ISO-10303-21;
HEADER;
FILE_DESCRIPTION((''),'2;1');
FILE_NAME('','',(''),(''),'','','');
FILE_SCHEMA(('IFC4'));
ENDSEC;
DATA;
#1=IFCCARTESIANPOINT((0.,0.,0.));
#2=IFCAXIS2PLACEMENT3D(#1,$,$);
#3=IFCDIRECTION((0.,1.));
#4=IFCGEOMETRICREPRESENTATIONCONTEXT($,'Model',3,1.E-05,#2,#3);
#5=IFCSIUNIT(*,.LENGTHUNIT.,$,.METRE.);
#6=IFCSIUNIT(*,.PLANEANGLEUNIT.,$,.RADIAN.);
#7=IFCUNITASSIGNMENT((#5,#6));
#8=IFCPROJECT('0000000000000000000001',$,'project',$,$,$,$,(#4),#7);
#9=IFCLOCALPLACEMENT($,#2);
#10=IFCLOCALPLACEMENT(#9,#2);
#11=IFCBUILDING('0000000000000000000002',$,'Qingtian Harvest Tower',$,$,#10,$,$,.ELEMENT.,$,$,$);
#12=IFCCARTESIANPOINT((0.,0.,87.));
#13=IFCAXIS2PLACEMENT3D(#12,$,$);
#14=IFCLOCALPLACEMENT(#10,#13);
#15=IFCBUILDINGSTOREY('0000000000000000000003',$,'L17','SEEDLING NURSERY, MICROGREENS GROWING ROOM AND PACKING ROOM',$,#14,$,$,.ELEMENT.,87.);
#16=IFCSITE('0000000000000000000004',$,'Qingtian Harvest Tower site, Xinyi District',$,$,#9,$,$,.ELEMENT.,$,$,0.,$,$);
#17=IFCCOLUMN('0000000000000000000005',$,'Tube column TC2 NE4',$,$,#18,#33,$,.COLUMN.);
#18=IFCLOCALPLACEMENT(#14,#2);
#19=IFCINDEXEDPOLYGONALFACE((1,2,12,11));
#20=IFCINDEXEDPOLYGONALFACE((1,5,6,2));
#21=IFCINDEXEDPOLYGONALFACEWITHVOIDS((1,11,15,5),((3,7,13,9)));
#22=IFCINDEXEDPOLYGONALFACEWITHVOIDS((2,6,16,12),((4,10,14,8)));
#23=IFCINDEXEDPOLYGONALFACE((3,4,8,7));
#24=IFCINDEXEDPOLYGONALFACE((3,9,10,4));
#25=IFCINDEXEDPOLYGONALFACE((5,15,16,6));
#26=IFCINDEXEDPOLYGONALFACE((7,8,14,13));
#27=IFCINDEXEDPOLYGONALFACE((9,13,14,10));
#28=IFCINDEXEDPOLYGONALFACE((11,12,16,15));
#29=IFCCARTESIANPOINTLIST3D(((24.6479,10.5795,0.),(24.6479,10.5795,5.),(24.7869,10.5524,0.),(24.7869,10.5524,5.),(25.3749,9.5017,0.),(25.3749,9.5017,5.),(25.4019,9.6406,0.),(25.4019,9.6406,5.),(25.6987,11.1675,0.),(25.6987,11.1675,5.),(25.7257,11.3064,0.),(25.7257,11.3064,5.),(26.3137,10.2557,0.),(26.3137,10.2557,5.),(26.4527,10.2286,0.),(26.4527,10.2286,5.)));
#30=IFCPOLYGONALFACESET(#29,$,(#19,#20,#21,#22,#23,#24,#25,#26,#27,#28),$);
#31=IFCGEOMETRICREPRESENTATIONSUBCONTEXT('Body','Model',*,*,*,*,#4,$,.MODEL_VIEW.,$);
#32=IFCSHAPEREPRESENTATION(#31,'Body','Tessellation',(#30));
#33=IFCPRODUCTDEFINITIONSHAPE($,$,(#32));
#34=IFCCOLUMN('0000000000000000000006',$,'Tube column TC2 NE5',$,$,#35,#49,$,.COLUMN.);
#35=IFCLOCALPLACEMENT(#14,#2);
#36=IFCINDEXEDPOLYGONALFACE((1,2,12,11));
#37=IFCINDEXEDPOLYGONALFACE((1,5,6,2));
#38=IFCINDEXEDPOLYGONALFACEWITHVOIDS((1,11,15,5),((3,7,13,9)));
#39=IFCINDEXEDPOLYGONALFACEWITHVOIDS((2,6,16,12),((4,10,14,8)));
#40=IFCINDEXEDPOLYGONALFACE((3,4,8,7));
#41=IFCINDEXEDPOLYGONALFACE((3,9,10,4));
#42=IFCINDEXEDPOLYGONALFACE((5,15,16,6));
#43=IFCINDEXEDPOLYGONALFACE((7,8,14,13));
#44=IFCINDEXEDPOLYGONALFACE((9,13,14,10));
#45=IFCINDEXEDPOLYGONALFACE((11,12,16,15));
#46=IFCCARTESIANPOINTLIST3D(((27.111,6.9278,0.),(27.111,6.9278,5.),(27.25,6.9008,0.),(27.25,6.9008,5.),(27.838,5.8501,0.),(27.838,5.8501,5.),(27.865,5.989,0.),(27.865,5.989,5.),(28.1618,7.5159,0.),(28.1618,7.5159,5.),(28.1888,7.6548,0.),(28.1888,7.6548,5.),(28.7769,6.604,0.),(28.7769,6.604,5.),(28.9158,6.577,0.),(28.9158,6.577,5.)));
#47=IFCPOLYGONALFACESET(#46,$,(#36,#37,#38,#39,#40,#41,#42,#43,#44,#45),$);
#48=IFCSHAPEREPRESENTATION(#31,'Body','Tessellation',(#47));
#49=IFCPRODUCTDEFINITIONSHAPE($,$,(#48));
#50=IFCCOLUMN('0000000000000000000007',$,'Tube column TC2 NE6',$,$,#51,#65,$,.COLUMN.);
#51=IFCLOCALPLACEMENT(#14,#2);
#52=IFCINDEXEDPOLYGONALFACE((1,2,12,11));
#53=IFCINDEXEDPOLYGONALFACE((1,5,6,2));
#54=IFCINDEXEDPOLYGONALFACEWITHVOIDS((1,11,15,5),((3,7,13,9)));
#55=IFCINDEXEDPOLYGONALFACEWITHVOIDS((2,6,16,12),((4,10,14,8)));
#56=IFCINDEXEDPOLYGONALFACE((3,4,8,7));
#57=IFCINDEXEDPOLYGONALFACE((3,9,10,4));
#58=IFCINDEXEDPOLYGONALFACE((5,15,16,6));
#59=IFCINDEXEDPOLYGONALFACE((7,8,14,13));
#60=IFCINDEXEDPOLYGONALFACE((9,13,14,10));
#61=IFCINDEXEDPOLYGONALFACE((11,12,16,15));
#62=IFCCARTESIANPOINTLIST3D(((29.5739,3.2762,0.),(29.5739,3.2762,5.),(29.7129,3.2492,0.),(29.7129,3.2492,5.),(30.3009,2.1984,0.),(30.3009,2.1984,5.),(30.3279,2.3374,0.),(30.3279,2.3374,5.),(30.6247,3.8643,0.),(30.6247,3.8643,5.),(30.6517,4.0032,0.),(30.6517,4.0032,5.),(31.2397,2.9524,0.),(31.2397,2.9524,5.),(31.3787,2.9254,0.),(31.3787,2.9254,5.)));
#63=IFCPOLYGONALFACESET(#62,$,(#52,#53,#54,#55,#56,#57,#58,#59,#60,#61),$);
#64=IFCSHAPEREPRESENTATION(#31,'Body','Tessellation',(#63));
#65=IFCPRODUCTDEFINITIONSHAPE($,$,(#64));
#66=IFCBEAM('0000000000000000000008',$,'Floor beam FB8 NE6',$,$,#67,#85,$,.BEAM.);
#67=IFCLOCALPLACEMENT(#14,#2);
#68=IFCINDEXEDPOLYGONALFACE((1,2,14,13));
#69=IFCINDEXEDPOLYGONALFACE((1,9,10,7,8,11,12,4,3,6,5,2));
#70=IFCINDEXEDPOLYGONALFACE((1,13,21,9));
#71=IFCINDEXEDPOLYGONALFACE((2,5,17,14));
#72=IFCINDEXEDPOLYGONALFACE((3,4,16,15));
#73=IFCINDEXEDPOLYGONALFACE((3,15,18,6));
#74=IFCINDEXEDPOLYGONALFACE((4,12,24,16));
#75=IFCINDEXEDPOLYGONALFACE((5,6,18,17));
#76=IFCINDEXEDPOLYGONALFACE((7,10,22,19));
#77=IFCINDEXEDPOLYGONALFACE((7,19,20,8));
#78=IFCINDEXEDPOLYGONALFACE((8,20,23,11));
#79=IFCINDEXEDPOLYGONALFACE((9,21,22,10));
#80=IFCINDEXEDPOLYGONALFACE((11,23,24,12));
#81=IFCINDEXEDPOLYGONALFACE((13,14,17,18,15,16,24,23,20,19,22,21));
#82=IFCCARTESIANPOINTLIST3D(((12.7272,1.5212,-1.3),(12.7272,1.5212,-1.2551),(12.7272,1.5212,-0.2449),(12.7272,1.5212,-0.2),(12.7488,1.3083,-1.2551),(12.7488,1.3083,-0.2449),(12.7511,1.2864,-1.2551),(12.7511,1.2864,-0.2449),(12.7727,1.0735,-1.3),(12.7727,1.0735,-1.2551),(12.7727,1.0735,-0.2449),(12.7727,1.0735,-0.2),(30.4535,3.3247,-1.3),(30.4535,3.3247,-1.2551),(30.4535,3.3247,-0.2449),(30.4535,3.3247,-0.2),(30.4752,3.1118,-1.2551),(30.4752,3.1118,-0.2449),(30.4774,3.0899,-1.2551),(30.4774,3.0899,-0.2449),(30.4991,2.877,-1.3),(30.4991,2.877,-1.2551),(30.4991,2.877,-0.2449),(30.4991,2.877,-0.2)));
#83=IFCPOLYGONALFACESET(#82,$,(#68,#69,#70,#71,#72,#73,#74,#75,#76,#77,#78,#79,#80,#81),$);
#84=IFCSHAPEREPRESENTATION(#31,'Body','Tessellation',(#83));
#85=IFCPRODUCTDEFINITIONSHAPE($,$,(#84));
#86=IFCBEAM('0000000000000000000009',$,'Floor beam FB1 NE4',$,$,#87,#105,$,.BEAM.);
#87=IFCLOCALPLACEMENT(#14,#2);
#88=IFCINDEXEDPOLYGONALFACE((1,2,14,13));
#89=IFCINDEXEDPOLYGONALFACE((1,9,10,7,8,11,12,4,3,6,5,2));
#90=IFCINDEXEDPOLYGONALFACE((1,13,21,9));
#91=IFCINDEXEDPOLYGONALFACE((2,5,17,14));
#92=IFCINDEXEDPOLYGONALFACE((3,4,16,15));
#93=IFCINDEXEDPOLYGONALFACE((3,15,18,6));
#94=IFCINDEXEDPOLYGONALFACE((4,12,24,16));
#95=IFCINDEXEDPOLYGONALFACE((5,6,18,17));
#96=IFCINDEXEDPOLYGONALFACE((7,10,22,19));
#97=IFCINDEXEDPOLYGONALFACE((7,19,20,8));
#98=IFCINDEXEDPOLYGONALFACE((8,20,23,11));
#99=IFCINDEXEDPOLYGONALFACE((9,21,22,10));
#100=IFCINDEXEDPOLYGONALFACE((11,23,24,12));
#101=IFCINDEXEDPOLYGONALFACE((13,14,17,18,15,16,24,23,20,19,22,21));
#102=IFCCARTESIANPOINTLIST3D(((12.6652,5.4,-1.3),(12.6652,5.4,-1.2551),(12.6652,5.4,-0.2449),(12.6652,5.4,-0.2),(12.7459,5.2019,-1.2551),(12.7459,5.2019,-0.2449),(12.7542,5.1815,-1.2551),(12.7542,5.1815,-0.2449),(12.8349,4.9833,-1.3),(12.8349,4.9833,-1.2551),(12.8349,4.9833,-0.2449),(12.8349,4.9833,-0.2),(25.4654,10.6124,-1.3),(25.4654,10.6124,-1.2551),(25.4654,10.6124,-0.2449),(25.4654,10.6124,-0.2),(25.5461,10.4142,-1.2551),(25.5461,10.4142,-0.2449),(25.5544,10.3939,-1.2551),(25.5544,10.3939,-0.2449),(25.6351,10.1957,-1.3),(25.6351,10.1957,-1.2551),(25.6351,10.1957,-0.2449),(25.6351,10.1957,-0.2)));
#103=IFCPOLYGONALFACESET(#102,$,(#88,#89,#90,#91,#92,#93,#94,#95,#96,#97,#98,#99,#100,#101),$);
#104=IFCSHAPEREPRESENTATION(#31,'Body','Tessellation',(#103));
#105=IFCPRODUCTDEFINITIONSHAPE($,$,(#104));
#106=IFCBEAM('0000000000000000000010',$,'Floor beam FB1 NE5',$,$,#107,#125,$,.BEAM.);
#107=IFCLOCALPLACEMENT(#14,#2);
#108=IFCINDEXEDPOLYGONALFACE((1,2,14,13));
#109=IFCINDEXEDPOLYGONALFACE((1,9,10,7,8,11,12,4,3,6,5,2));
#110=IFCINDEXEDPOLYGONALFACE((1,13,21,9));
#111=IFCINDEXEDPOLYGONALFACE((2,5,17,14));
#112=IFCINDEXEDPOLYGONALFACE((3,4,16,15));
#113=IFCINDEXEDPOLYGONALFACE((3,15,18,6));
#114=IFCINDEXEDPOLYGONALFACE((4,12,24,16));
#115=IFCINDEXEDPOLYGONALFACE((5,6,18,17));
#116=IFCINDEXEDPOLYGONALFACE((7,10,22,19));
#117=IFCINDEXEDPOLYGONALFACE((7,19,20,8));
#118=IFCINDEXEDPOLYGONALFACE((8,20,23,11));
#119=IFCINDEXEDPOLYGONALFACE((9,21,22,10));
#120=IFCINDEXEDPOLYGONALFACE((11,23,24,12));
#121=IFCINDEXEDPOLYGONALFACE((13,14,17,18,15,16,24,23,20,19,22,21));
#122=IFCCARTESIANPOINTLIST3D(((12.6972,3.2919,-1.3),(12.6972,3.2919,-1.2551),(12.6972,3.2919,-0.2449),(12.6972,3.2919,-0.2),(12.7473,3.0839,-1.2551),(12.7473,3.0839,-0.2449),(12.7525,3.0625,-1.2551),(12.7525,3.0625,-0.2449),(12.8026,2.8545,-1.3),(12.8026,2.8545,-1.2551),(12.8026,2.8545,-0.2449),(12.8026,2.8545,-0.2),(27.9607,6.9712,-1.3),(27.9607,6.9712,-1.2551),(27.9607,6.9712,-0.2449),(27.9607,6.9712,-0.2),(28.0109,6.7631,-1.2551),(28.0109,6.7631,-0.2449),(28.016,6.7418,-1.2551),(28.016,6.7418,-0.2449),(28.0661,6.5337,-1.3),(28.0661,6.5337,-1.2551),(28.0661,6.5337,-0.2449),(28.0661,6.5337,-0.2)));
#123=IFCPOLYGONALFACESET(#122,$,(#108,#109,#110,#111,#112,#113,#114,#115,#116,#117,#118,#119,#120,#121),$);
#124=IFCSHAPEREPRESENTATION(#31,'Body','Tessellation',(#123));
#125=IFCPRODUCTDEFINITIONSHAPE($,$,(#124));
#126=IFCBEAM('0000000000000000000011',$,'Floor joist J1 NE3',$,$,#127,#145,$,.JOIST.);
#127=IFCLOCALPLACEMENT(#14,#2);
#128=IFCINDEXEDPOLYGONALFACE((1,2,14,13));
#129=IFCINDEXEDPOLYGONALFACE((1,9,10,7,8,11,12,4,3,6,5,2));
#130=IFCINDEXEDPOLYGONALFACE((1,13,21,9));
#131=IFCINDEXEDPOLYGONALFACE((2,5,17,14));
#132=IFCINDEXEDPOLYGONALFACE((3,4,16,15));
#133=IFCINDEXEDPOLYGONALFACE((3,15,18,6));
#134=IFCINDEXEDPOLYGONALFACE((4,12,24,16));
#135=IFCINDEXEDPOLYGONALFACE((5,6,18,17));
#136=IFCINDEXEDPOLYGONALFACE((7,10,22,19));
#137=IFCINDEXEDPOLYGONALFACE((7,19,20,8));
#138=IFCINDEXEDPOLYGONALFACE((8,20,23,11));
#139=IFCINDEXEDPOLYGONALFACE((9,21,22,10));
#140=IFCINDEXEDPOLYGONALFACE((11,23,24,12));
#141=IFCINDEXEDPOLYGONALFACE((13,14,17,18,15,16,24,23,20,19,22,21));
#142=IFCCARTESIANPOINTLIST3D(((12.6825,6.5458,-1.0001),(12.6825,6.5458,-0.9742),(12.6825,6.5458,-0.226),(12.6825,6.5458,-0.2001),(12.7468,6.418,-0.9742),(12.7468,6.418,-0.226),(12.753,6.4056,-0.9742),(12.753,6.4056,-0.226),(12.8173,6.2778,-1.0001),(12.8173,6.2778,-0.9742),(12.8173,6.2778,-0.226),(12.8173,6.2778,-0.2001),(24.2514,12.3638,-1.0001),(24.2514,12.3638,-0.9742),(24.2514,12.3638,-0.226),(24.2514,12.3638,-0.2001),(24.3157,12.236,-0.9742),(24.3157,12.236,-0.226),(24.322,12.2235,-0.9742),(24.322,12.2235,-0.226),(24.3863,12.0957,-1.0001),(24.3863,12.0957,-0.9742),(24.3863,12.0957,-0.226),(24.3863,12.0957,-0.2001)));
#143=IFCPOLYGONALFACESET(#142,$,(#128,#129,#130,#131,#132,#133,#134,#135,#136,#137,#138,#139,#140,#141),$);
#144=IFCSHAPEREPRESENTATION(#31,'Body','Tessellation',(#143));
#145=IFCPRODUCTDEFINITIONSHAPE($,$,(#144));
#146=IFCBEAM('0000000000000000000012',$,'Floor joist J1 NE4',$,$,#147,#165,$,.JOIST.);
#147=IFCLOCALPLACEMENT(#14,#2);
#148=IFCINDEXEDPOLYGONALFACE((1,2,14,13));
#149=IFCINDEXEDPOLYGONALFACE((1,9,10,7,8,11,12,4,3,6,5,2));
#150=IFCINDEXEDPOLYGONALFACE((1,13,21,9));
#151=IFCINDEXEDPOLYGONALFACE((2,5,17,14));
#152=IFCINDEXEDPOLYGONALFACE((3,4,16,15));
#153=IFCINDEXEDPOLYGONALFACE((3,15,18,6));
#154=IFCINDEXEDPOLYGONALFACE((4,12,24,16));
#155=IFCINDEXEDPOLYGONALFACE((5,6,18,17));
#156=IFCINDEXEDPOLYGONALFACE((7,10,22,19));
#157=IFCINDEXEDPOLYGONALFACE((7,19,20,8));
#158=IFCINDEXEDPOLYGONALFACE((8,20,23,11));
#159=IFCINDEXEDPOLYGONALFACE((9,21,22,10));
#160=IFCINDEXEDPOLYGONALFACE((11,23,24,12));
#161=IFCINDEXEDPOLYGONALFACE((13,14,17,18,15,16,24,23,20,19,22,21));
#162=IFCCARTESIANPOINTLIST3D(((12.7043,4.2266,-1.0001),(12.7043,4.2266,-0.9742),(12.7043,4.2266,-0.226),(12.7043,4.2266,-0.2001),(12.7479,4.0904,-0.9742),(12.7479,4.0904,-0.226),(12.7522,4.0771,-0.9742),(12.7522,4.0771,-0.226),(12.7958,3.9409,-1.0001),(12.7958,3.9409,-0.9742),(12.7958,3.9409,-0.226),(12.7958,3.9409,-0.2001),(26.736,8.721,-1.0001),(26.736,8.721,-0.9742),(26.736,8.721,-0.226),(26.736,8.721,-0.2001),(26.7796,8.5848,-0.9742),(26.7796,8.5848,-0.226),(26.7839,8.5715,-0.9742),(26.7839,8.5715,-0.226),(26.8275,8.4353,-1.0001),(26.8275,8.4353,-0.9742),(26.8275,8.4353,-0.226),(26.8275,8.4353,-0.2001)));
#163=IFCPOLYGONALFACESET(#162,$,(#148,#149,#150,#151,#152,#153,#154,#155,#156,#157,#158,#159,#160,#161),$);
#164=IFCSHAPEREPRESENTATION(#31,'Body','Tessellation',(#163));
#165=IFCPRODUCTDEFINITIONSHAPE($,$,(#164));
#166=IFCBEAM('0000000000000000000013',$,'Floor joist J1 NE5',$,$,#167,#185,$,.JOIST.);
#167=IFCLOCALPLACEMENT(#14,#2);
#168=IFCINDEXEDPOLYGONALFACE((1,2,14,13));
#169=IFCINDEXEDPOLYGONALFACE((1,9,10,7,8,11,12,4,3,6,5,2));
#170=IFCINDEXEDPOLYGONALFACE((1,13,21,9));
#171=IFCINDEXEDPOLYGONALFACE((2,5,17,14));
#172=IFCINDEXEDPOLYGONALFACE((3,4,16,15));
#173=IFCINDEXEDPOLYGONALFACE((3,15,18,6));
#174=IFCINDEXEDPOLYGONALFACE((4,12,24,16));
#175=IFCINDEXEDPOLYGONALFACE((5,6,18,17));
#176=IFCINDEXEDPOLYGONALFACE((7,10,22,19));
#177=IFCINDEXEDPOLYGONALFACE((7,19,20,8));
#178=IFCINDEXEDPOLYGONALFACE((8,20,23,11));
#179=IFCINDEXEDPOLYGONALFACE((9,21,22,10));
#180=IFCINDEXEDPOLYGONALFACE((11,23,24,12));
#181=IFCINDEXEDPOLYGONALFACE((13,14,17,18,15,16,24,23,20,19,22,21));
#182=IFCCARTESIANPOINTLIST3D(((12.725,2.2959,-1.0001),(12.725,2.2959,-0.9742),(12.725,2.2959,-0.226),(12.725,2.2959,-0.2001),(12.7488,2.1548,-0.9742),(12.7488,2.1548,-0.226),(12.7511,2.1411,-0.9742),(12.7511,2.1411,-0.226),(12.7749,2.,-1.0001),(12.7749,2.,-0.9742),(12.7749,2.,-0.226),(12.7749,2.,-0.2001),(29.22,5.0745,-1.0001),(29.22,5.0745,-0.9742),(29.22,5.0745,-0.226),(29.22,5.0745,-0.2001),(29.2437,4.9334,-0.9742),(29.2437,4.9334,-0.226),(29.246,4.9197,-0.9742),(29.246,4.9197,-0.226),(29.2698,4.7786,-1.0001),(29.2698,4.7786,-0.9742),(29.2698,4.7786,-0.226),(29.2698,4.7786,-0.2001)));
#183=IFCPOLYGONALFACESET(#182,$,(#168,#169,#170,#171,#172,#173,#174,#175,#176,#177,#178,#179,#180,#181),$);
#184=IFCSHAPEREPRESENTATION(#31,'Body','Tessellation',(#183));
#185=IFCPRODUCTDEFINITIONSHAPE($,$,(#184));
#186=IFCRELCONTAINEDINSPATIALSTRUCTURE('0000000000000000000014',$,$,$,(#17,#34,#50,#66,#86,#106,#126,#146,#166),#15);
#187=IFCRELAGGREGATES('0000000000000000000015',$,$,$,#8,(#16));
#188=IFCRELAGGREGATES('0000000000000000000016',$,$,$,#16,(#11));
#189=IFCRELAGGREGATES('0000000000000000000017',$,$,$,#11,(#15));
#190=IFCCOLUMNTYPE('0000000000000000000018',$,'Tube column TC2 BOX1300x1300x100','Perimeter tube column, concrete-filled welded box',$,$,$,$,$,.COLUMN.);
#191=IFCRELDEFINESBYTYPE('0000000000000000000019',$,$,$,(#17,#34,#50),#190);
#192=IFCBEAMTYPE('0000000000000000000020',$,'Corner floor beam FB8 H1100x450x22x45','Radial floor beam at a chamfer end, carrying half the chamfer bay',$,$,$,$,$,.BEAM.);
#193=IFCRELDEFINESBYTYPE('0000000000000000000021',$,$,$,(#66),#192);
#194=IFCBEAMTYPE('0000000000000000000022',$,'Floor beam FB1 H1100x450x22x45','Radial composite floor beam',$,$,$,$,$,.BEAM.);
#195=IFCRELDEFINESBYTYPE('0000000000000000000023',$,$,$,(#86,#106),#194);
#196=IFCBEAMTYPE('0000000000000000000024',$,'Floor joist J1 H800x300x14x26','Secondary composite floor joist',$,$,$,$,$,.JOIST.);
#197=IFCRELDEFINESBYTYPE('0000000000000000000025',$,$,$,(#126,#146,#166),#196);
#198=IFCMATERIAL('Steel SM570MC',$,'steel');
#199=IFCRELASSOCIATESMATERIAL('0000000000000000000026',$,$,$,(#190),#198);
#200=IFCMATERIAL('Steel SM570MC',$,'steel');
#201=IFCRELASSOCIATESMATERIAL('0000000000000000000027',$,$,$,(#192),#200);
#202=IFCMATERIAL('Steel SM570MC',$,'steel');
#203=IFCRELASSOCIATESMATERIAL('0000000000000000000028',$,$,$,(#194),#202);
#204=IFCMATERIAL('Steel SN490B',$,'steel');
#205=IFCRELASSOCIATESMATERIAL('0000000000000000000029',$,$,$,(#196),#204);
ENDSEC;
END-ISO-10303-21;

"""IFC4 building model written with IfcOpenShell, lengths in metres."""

from ifc_helpers import new_model, si_unit, direction, frame, origin, origin_2d, place, context, subcontext, project, spatial, hollow_rectangle, i_section, extrude, material, material_profile, profile_set, type_object, element, save


model = new_model("IFC4")

# Units and contexts
model_context = context("Model", 3, precision=1e-05, world=origin(), true_north=direction((0.0, 1.0)))
body_context = subcontext(model_context, "Body", "Model", "MODEL_VIEW")
ifc_project = project(units=[si_unit("LENGTHUNIT", "METRE"), si_unit("PLANEANGLEUNIT", "RADIAN")], contexts=[model_context])

# Site, building, storey
site_placement = place(None, origin())
site = spatial("IfcSite", under=ifc_project, at=site_placement, Name="Qingtian Harvest Tower site, Xinyi District", CompositionType="ELEMENT", RefElevation=0.0)
building_placement = place(site_placement, origin())
building = spatial("IfcBuilding", under=site, at=building_placement, Name="Qingtian Harvest Tower", CompositionType="ELEMENT")
storey_placement = place(building_placement, frame((0.0, 0.0, 87.0)))
storey = spatial("IfcBuildingStorey", under=building, at=storey_placement, Name="L17", Description="SEEDLING NURSERY, MICROGREENS GROWING ROOM AND PACKING ROOM", CompositionType="ELEMENT", Elevation=87.0)

# Columns
ifc_material_1 = material(Name="Steel SM570MC", Category="steel")
ifc_material_profile_1 = material_profile(ifc_material_1, hollow_rectangle(XDim=1.3, YDim=1.3, WallThickness=0.1001, at=origin_2d()), Name="BOX1300x1300x100")
ifc_profile_set_1 = profile_set([ifc_material_profile_1], Name="Steel SM570MC")
column_type = type_object("IfcColumnType", Name="Tube column TC2 BOX1300x1300x100", Description="Perimeter tube column, concrete-filled welded box", PredefinedType="COLUMN", material=ifc_profile_set_1)
for number, where, z_axis, x_axis, name in (
    (1, (25.5503, 10.4041, 0.0), (0.0, 0.0, 1.0), (-0.559193, 0.829038, 0.0), "Tube column TC2 NE4"),
    (2, (28.0134, 6.7524, 0.0), (0.0, 0.0, 1.0), (-0.559193, 0.829038, 0.0), "Tube column TC2 NE5"),
    (3, (30.4763, 3.1008, 0.0), (0.0, 0.0, 1.0), (-0.559193, 0.829038, 0.0), "Tube column TC2 NE6"),
):
    element("IfcColumn", number, at=place(storey_placement, frame(where, z_axis=z_axis, x_axis=x_axis)), inside=storey, type_object=column_type, Name=name, PredefinedType="COLUMN", context=body_context, shape_type="SweptSolid", body=[
        extrude(hollow_rectangle(XDim=1.3, YDim=1.3, WallThickness=0.1001, at=origin_2d()), origin(), (0.0, 0.0, 1.0), 5.0),
    ])

# Beams
ifc_material_2 = material(Name="Steel SM570MC", Category="steel")
ifc_material_profile_2 = material_profile(ifc_material_2, i_section(OverallWidth=0.45, OverallDepth=1.1001, WebThickness=0.022, FlangeThickness=0.0449, at=origin_2d()), Name="H1100x450x22x45")
ifc_profile_set_2 = profile_set([ifc_material_profile_2], Name="Steel SM570MC")
beam_type_1 = type_object("IfcBeamType", Name="Corner floor beam FB8 H1100x450x22x45", Description="Radial floor beam at a chamfer end, carrying half the chamfer bay", PredefinedType="BEAM", material=ifc_profile_set_2)
beam_1_placement = place(storey_placement, frame((30.4763, 3.1008, -0.75), z_axis=(-0.994864, -0.101217, 0.0), x_axis=(0.101217, -0.994864, 0.0)))
element("IfcBeam", 4, at=beam_1_placement, inside=storey, type_object=beam_type_1, Name="Floor beam FB8 NE6", PredefinedType="BEAM", context=body_context, shape_type="SweptSolid", body=[
    extrude(i_section(OverallWidth=0.45, OverallDepth=1.1001, WebThickness=0.022, FlangeThickness=0.0449, at=origin_2d()), origin(), (0.0, 0.0, 1.0), 17.8179),
])
ifc_material_3 = material(Name="Steel SM570MC", Category="steel")
ifc_material_profile_3 = material_profile(ifc_material_3, i_section(OverallWidth=0.45, OverallDepth=1.1001, WebThickness=0.022, FlangeThickness=0.0449, at=origin_2d()), Name="H1100x450x22x45")
ifc_profile_set_3 = profile_set([ifc_material_profile_3], Name="Steel SM570MC")
beam_type_2 = type_object("IfcBeamType", Name="Floor beam FB1 H1100x450x22x45", Description="Radial composite floor beam", PredefinedType="BEAM", material=ifc_profile_set_3)
beam_2_placement = place(storey_placement, frame((25.5503, 10.4041, -0.75), z_axis=(-0.926156, -0.37714, 0.0), x_axis=(0.37714, -0.926156, 0.0)))
element("IfcBeam", 5, at=beam_2_placement, inside=storey, type_object=beam_type_2, Name="Floor beam FB1 NE4", PredefinedType="BEAM", context=body_context, shape_type="SweptSolid", body=[
    extrude(i_section(OverallWidth=0.45, OverallDepth=1.1001, WebThickness=0.022, FlangeThickness=0.0449, at=origin_2d()), origin(), (0.0, 0.0, 1.0), 13.8208),
])
beam_3_placement = place(storey_placement, frame((28.0134, 6.7524, -0.75), z_axis=(-0.972156, -0.234335, 0.0), x_axis=(0.234335, -0.972156, 0.0)))
element("IfcBeam", 6, at=beam_3_placement, inside=storey, type_object=beam_type_2, Name="Floor beam FB1 NE5", PredefinedType="BEAM", context=body_context, shape_type="SweptSolid", body=[
    extrude(i_section(OverallWidth=0.45, OverallDepth=1.1001, WebThickness=0.022, FlangeThickness=0.0449, at=origin_2d()), origin(), (0.0, 0.0, 1.0), 15.7007),
])
ifc_material_4 = material(Name="Steel SN490B", Category="steel")
ifc_material_profile_4 = material_profile(ifc_material_4, i_section(OverallWidth=0.3, OverallDepth=0.8, WebThickness=0.0139, FlangeThickness=0.0259, at=origin_2d()), Name="H800x300x14x26")
ifc_profile_set_4 = profile_set([ifc_material_profile_4], Name="Steel SN490B")
beam_type_3 = type_object("IfcBeamType", Name="Floor joist J1 H800x300x14x26", Description="Secondary composite floor joist", PredefinedType="JOIST", material=ifc_profile_set_4)
beam_4_placement = place(storey_placement, frame((24.3188, 12.2297, -0.6001), z_axis=(-0.893392, -0.449279, 0.0), x_axis=(0.449279, -0.893392, 0.0)))
element("IfcBeam", 7, at=beam_4_placement, inside=storey, type_object=beam_type_3, Name="Floor joist J1 NE3", PredefinedType="JOIST", context=body_context, shape_type="SweptSolid", body=[
    extrude(i_section(OverallWidth=0.3, OverallDepth=0.8, WebThickness=0.0139, FlangeThickness=0.0259, at=origin_2d()), origin(), (0.0, 0.0, 1.0), 12.9495),
])
beam_5_placement = place(storey_placement, frame((26.7817, 8.5781, -0.6001), z_axis=(-0.952341, -0.305036, 0.0), x_axis=(0.305036, -0.952341, 0.0)))
element("IfcBeam", 8, at=beam_5_placement, inside=storey, type_object=beam_type_3, Name="Floor joist J1 NE4", PredefinedType="JOIST", context=body_context, shape_type="SweptSolid", body=[
    extrude(i_section(OverallWidth=0.3, OverallDepth=0.8, WebThickness=0.0139, FlangeThickness=0.0259, at=origin_2d()), origin(), (0.0, 0.0, 1.0), 14.7339),
])
beam_6_placement = place(storey_placement, frame((29.2449, 4.9265, -0.6001), z_axis=(-0.986107, -0.16611, 0.0), x_axis=(0.16611, -0.986107, 0.0)))
element("IfcBeam", 9, at=beam_6_placement, inside=storey, type_object=beam_type_3, Name="Floor joist J1 NE5", PredefinedType="JOIST", context=body_context, shape_type="SweptSolid", body=[
    extrude(i_section(OverallWidth=0.3, OverallDepth=0.8, WebThickness=0.0139, FlangeThickness=0.0259, at=origin_2d()), origin(), (0.0, 0.0, 1.0), 16.7273),
])

save(model, "model.ifc")
